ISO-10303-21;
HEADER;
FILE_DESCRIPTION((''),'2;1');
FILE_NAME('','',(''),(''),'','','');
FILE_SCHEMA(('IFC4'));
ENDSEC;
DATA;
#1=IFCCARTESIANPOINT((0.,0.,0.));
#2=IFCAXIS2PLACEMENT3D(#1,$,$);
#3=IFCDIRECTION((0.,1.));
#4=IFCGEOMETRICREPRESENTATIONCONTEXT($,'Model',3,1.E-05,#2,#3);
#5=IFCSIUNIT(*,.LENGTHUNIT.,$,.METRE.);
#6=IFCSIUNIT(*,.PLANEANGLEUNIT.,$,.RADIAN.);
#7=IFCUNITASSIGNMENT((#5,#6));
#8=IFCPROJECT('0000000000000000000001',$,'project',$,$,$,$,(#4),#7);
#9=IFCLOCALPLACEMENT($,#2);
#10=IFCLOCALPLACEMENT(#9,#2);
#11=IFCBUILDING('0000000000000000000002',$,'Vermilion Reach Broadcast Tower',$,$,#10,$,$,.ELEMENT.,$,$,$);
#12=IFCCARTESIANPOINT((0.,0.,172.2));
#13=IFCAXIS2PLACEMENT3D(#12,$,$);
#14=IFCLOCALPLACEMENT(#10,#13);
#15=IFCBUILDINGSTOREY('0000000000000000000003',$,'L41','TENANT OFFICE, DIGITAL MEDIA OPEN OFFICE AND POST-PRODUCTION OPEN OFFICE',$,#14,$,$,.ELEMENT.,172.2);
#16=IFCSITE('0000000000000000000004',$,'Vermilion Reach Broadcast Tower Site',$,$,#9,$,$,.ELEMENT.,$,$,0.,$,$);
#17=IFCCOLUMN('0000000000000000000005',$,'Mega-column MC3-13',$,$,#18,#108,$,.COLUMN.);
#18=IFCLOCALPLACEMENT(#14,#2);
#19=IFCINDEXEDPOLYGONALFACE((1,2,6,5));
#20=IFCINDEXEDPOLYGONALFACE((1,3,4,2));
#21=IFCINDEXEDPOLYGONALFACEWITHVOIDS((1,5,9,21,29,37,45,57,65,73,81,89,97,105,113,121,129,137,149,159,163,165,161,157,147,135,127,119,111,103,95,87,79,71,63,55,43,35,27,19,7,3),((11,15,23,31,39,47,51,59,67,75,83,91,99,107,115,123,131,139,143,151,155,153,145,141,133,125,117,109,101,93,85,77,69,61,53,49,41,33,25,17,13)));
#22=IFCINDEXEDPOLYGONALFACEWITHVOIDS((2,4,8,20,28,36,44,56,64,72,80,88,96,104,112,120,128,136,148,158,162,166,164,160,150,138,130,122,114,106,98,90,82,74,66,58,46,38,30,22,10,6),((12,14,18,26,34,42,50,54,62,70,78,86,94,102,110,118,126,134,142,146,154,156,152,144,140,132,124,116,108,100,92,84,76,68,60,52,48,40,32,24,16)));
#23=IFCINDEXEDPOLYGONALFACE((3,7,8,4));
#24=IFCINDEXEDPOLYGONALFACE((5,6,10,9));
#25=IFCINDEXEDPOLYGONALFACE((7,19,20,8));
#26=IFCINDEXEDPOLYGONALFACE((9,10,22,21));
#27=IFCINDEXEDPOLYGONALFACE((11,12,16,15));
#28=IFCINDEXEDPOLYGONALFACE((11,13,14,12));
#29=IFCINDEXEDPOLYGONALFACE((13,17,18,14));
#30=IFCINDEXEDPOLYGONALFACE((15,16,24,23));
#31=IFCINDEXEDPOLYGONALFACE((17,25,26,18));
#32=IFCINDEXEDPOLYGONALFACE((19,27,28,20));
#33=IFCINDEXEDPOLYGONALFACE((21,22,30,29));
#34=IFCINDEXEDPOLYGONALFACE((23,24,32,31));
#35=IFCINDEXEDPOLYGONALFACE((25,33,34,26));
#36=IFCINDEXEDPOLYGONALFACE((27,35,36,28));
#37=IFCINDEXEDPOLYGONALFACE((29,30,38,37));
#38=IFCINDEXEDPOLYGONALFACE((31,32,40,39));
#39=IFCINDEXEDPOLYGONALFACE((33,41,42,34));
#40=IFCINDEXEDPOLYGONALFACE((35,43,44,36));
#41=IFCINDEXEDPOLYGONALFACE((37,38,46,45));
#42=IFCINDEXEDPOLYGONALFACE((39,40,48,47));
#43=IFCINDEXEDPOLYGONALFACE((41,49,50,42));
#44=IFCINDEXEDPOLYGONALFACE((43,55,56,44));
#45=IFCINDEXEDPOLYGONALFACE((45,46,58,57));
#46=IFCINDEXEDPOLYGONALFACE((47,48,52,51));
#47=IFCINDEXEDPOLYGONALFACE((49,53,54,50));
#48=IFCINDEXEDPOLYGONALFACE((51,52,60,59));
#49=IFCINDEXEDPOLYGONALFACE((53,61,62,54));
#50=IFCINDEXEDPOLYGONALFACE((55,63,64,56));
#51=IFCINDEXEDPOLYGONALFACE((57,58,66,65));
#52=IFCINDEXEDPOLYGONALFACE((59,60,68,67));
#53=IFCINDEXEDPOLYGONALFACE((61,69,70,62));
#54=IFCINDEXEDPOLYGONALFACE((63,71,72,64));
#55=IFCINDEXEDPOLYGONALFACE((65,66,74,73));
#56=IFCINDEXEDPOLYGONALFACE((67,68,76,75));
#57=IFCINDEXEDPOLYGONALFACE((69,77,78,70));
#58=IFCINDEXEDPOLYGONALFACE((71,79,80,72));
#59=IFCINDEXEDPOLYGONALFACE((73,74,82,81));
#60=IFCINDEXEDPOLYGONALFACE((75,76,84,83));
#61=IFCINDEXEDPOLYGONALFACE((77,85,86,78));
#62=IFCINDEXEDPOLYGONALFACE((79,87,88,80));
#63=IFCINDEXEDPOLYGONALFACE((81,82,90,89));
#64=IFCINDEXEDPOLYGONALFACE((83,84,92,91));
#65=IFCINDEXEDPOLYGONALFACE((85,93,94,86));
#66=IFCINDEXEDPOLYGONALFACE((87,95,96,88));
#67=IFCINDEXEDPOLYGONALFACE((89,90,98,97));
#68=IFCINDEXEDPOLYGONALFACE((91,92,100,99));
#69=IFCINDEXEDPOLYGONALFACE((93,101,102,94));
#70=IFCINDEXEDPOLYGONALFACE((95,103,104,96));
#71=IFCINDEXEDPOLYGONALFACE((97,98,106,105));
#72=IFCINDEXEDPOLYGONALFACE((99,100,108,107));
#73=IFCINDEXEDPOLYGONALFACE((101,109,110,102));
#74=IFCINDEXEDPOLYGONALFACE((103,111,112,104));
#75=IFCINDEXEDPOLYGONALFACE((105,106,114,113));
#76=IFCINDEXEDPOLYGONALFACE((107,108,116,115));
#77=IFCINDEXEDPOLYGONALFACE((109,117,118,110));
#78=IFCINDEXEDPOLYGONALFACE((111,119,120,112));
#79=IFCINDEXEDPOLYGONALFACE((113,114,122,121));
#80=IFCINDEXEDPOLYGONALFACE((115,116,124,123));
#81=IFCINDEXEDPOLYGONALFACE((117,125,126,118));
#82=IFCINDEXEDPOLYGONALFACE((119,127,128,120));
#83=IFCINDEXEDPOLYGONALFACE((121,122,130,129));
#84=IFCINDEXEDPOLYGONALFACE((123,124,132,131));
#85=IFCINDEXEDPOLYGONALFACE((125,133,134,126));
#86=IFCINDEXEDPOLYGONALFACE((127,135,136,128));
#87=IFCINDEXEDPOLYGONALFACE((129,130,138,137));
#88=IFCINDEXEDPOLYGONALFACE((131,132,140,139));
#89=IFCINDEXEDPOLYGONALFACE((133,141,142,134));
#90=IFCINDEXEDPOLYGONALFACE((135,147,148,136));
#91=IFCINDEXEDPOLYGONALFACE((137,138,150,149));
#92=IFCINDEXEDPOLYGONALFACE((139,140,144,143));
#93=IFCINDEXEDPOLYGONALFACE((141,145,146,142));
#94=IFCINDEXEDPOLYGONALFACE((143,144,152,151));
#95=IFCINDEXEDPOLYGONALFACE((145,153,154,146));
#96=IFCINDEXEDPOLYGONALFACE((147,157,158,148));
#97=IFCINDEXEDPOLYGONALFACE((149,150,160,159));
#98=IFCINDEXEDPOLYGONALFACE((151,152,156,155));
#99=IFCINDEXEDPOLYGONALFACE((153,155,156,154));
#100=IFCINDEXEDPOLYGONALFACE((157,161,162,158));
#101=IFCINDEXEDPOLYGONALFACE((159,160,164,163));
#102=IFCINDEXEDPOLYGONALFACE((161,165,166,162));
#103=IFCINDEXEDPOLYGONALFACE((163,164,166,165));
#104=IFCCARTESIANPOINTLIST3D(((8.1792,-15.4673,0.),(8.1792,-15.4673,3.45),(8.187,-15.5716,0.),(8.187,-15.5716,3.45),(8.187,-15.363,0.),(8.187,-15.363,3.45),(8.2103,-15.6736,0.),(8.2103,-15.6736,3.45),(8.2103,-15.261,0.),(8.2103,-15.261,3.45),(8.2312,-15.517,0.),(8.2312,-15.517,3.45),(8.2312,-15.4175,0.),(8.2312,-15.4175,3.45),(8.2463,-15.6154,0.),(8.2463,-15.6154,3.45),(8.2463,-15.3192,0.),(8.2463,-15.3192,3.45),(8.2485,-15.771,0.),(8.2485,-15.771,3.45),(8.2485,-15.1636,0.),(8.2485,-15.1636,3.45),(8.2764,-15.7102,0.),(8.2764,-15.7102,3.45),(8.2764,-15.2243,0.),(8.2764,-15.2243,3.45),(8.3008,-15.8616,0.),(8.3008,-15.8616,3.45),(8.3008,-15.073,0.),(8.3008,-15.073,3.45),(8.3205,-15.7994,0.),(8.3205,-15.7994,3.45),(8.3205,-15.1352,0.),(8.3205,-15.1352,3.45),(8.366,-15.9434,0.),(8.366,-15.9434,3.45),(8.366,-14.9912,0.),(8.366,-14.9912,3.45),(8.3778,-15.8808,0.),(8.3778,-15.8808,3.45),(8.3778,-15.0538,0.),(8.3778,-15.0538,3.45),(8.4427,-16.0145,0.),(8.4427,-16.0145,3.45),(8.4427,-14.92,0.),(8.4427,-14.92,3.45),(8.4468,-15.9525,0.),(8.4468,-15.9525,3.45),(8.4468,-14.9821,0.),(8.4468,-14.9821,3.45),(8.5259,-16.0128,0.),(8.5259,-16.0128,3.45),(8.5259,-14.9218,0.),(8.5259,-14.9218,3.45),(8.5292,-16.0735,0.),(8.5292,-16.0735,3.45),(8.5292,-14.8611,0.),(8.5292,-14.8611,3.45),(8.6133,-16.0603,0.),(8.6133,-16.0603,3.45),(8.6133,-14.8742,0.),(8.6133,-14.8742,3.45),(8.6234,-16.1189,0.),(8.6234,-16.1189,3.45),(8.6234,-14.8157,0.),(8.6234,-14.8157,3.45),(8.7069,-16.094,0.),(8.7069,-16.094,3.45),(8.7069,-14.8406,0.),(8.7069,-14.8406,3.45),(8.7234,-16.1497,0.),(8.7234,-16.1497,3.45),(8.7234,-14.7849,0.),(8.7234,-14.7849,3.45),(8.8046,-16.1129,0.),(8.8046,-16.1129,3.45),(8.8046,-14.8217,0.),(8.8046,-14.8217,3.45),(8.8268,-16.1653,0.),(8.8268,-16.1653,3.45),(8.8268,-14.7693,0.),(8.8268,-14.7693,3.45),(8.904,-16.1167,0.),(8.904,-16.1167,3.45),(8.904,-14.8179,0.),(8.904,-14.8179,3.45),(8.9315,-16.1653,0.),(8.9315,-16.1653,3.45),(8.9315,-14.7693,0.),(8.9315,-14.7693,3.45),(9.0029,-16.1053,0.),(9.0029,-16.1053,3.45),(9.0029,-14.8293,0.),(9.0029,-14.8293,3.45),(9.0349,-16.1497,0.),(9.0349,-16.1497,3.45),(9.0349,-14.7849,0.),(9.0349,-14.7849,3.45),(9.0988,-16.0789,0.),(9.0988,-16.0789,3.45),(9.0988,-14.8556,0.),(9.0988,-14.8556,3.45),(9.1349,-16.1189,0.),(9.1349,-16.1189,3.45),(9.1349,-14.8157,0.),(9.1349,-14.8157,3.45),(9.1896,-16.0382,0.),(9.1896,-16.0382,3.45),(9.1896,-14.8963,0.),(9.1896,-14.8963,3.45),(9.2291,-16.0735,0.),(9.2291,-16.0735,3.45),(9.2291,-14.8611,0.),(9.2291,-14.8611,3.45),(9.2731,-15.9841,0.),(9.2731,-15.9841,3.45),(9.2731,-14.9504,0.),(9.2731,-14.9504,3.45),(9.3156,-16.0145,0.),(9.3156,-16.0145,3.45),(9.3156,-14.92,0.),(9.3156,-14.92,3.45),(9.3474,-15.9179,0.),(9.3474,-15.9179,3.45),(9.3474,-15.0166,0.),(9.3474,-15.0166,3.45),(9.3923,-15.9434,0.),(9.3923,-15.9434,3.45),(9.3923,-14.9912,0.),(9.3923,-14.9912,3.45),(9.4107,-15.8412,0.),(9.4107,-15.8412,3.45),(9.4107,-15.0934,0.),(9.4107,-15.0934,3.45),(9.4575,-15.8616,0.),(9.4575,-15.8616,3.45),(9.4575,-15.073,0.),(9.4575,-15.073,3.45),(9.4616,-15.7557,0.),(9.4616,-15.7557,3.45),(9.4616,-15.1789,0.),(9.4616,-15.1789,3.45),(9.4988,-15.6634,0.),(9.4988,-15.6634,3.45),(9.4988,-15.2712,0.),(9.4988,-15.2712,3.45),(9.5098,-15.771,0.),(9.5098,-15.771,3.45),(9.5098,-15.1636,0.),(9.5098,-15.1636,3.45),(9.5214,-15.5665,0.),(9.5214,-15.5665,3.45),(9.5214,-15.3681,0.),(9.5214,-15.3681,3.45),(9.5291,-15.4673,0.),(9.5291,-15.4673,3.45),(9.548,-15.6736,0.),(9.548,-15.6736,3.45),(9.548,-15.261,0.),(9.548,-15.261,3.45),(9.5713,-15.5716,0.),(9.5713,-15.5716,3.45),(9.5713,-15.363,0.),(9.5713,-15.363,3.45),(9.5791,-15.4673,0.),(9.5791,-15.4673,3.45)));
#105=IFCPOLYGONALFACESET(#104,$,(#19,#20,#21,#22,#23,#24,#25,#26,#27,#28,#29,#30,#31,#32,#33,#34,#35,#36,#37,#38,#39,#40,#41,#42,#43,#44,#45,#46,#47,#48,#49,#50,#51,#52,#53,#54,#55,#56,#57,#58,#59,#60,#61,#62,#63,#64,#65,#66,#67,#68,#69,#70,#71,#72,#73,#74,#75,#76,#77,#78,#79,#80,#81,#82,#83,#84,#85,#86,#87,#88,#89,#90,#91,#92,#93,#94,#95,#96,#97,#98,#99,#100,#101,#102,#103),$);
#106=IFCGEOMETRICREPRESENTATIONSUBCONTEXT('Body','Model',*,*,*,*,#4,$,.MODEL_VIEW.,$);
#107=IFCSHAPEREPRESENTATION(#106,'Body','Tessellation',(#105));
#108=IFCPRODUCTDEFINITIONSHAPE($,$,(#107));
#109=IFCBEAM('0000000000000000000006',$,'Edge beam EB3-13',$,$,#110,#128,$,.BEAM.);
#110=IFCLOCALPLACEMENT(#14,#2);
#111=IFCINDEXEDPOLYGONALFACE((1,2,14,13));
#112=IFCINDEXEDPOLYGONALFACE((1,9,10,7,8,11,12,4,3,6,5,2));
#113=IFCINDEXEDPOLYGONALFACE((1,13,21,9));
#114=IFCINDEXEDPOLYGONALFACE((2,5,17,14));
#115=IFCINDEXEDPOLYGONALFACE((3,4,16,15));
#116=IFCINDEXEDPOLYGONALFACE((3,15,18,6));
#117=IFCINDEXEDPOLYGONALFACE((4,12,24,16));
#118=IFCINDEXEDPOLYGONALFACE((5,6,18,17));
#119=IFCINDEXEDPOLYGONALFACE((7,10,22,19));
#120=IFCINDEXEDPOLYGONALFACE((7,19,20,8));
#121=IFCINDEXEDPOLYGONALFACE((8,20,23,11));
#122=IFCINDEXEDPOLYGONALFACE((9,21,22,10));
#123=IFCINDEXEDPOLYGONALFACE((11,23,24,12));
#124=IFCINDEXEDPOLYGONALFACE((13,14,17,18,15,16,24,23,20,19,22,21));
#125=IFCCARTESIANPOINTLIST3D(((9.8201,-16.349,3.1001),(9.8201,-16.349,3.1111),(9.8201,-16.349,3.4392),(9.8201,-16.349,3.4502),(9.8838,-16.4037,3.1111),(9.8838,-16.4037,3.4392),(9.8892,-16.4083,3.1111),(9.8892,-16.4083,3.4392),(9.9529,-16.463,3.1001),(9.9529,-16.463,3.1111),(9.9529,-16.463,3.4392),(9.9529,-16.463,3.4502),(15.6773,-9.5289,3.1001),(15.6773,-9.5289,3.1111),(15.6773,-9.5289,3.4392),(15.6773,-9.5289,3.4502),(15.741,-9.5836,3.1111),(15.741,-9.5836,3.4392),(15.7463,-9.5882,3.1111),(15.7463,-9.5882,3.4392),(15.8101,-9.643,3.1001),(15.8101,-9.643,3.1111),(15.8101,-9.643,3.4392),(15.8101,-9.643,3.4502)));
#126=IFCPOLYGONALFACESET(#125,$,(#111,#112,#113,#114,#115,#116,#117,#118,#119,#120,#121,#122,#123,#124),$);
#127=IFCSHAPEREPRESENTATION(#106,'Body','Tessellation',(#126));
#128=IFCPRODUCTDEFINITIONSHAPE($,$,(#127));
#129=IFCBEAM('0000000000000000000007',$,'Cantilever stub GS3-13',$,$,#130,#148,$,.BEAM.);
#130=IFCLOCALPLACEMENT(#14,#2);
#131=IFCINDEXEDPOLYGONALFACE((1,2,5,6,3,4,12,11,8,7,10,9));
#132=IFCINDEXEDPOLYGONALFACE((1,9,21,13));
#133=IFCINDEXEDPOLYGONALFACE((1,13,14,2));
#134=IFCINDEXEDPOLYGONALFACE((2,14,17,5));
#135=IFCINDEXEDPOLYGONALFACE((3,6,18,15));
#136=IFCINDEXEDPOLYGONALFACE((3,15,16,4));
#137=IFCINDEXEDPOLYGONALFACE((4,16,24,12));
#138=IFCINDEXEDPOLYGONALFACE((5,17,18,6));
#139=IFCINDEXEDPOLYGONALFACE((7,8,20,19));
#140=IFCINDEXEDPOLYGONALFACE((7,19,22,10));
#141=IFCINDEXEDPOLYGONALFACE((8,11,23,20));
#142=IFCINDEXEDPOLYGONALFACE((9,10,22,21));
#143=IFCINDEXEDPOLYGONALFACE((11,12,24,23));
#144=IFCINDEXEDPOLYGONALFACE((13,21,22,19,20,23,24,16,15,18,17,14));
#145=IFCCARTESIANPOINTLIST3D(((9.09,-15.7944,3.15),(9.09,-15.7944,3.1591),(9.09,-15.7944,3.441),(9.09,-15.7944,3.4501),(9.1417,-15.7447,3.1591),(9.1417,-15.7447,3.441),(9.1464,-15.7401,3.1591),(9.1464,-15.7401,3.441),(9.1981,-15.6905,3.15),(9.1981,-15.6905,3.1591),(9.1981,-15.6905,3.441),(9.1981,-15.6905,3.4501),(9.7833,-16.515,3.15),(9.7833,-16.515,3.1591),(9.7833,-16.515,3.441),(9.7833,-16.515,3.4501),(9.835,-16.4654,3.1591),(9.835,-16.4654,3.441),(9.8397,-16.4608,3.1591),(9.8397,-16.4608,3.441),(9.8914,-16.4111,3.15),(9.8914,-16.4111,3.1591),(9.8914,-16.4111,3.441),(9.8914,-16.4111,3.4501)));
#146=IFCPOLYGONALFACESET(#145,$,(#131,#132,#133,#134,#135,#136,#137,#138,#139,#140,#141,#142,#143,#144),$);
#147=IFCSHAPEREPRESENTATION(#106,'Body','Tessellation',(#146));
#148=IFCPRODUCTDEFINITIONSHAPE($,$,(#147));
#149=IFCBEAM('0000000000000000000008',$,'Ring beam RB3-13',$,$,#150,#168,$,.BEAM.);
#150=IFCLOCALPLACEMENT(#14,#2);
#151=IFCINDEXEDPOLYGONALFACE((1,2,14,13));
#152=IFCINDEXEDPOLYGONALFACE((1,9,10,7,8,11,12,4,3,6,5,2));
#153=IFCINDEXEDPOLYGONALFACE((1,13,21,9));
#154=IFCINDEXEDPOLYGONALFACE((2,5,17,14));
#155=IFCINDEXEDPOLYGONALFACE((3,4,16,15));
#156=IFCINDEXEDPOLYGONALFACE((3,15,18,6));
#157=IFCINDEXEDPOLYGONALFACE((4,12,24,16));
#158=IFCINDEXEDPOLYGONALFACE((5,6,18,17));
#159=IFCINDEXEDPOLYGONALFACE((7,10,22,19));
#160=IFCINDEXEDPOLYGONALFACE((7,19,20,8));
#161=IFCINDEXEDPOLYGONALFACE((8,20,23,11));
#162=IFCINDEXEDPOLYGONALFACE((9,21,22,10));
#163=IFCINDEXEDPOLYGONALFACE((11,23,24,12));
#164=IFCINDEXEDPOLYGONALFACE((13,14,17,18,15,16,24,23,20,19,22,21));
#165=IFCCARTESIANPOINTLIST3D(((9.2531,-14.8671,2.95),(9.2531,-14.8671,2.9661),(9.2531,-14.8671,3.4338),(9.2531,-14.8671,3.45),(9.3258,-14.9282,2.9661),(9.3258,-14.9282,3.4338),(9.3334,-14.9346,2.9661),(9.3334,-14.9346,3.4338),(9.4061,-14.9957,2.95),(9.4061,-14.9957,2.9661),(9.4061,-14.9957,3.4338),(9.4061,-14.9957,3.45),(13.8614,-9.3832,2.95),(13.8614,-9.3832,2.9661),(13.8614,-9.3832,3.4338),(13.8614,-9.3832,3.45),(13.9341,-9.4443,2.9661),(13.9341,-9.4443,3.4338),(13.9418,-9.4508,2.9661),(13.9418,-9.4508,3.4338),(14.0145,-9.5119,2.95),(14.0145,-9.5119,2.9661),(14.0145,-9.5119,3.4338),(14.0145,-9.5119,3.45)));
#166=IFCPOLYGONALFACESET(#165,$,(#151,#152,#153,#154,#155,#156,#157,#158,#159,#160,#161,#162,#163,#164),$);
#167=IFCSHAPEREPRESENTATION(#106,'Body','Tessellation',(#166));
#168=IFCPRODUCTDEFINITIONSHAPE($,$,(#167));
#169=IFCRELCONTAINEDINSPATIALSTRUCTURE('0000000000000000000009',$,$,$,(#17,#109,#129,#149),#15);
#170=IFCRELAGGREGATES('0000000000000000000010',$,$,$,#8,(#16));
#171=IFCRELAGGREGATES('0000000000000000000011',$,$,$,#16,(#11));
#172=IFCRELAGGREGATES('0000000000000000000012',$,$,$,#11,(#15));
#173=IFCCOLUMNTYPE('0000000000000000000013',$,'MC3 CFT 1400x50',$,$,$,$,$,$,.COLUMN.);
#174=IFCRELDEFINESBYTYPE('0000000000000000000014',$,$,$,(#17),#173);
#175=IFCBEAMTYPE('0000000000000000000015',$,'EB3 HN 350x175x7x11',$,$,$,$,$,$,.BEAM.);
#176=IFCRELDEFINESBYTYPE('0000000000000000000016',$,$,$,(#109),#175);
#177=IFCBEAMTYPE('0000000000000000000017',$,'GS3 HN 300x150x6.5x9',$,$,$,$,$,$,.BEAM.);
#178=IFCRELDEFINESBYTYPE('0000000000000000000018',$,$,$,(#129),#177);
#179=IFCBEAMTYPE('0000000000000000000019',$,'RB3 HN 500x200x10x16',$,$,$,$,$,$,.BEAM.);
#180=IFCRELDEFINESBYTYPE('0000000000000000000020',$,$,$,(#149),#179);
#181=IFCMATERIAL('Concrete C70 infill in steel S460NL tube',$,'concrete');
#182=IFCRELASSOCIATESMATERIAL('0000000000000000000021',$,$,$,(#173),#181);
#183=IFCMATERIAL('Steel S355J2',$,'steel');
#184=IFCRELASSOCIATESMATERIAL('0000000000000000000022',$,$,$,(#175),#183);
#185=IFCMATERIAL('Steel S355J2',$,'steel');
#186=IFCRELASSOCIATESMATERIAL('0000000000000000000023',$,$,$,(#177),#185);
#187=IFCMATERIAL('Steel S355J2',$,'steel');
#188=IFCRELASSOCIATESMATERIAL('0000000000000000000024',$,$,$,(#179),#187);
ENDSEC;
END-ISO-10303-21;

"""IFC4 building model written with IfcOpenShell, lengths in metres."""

from ifc_helpers import new_model, si_unit, direction, frame, origin, origin_2d, place, context, subcontext, project, spatial, hollow_circle, i_section, extrude, material, material_profile, profile_set, type_object, element, save


model = new_model("IFC4")

# Units and contexts
model_context = context("Model", 3, precision=1e-05, world=origin(), true_north=direction((0.0, 1.0)))
body_context = subcontext(model_context, "Body", "Model", "MODEL_VIEW")
ifc_project = project(units=[si_unit("LENGTHUNIT", "METRE"), si_unit("PLANEANGLEUNIT", "RADIAN")], contexts=[model_context])

# Site, building, storey
site_placement = place(None, origin())
site = spatial("IfcSite", under=ifc_project, at=site_placement, Name="Vermilion Reach Broadcast Tower Site", CompositionType="ELEMENT", RefElevation=0.0)
building_placement = place(site_placement, origin())
building = spatial("IfcBuilding", under=site, at=building_placement, Name="Vermilion Reach Broadcast Tower", CompositionType="ELEMENT")
storey_placement = place(building_placement, frame((0.0, 0.0, 172.2)))
storey = spatial("IfcBuildingStorey", under=building, at=storey_placement, Name="L41", Description="TENANT OFFICE, DIGITAL MEDIA OPEN OFFICE AND POST-PRODUCTION OPEN OFFICE", CompositionType="ELEMENT", Elevation=172.2)

# Column
ifc_material_1 = material(Name="Concrete C70 infill in steel S460NL tube", Category="concrete")
ifc_material_profile_1 = material_profile(ifc_material_1, hollow_circle(Radius=0.7, WallThickness=0.05, at=origin_2d()), Name="Concrete C70 infill in steel S460NL tube CFT 1400x50")
ifc_profile_set_1 = profile_set([ifc_material_profile_1], Name="Concrete C70 infill in steel S460NL tube")
column_type = type_object("IfcColumnType", Name="MC3 CFT 1400x50", PredefinedType="COLUMN", material=ifc_profile_set_1)
column_placement = place(storey_placement, frame((8.8792, -15.4673, 0.0), z_axis=(0.0, 0.0, 1.0), x_axis=(1.0, 0.0, 0.0)))
element("IfcColumn", 1, at=column_placement, inside=storey, type_object=column_type, Name="Mega-column MC3-13", PredefinedType="COLUMN", context=body_context, shape_type="SweptSolid", body=[
    extrude(hollow_circle(Radius=0.7, WallThickness=0.05, at=origin_2d()), origin(), (0.0, 0.0, 1.0), 3.45),
])

# Beams
ifc_material_2 = material(Name="Steel S355J2", Category="steel")
ifc_material_profile_2 = material_profile(ifc_material_2, i_section(OverallWidth=0.175, OverallDepth=0.3501, WebThickness=0.0071, FlangeThickness=0.011, at=origin_2d()), Name="S355J2 HN 350x175x7x11")
ifc_profile_set_2 = profile_set([ifc_material_profile_2], Name="Steel S355J2")
beam_type_1 = type_object("IfcBeamType", Name="EB3 HN 350x175x7x11", PredefinedType="BEAM", material=ifc_profile_set_2)
beam_1_placement = place(storey_placement, frame((9.8865, -16.406, 3.2751), z_axis=(0.651522, 0.758629, 0.0), x_axis=(-0.758629, 0.651522, 0.0)))
element("IfcBeam", 2, at=beam_1_placement, inside=storey, type_object=beam_type_1, Name="Edge beam EB3-13", PredefinedType="BEAM", context=body_context, shape_type="SweptSolid", body=[
    extrude(i_section(OverallWidth=0.175, OverallDepth=0.3501, WebThickness=0.0071, FlangeThickness=0.011, at=origin_2d()), origin(), (0.0, 0.0, 1.0), 8.99),
])
ifc_material_3 = material(Name="Steel S355J2", Category="steel")
ifc_material_profile_3 = material_profile(ifc_material_3, i_section(OverallWidth=0.1499, OverallDepth=0.3, WebThickness=0.0066, FlangeThickness=0.009, at=origin_2d()), Name="S355J2 HN 300x150x6.5x9")
ifc_profile_set_3 = profile_set([ifc_material_profile_3], Name="Steel S355J2")
beam_type_2 = type_object("IfcBeamType", Name="GS3 HN 300x150x6.5x9", PredefinedType="BEAM", material=ifc_profile_set_3)
beam_2_placement = place(storey_placement, frame((9.144, -15.7424, 3.3), z_axis=(0.693304, -0.720645, 0.0), x_axis=(0.720645, 0.693304, 0.0)))
element("IfcBeam", 3, at=beam_2_placement, inside=storey, type_object=beam_type_2, Name="Cantilever stub GS3-13", PredefinedType="BEAM", context=body_context, shape_type="SweptSolid", body=[
    extrude(i_section(OverallWidth=0.1499, OverallDepth=0.3, WebThickness=0.0066, FlangeThickness=0.009, at=origin_2d()), origin(), (0.0, 0.0, 1.0), 1.0),
])
ifc_material_4 = material(Name="Steel S355J2", Category="steel")
ifc_material_profile_4 = material_profile(ifc_material_4, i_section(OverallWidth=0.2, OverallDepth=0.5, WebThickness=0.01, FlangeThickness=0.0161, at=origin_2d()), Name="S355J2 HN 500x200x10x16")
ifc_profile_set_4 = profile_set([ifc_material_profile_4], Name="Steel S355J2")
beam_type_3 = type_object("IfcBeamType", Name="RB3 HN 500x200x10x16", PredefinedType="BEAM", material=ifc_profile_set_4)
beam_3_placement = place(storey_placement, frame((9.3296, -14.9314, 3.2), z_axis=(0.64335, 0.765572, 0.0), x_axis=(-0.765572, 0.64335, 0.0)))
element("IfcBeam", 4, at=beam_3_placement, inside=storey, type_object=beam_type_3, Name="Ring beam RB3-13", PredefinedType="BEAM", context=body_context, shape_type="SweptSolid", body=[
    extrude(i_section(OverallWidth=0.2, OverallDepth=0.5, WebThickness=0.01, FlangeThickness=0.0161, at=origin_2d()), origin(), (0.0, 0.0, 1.0), 7.1631),
])

save(model, "model.ifc")
